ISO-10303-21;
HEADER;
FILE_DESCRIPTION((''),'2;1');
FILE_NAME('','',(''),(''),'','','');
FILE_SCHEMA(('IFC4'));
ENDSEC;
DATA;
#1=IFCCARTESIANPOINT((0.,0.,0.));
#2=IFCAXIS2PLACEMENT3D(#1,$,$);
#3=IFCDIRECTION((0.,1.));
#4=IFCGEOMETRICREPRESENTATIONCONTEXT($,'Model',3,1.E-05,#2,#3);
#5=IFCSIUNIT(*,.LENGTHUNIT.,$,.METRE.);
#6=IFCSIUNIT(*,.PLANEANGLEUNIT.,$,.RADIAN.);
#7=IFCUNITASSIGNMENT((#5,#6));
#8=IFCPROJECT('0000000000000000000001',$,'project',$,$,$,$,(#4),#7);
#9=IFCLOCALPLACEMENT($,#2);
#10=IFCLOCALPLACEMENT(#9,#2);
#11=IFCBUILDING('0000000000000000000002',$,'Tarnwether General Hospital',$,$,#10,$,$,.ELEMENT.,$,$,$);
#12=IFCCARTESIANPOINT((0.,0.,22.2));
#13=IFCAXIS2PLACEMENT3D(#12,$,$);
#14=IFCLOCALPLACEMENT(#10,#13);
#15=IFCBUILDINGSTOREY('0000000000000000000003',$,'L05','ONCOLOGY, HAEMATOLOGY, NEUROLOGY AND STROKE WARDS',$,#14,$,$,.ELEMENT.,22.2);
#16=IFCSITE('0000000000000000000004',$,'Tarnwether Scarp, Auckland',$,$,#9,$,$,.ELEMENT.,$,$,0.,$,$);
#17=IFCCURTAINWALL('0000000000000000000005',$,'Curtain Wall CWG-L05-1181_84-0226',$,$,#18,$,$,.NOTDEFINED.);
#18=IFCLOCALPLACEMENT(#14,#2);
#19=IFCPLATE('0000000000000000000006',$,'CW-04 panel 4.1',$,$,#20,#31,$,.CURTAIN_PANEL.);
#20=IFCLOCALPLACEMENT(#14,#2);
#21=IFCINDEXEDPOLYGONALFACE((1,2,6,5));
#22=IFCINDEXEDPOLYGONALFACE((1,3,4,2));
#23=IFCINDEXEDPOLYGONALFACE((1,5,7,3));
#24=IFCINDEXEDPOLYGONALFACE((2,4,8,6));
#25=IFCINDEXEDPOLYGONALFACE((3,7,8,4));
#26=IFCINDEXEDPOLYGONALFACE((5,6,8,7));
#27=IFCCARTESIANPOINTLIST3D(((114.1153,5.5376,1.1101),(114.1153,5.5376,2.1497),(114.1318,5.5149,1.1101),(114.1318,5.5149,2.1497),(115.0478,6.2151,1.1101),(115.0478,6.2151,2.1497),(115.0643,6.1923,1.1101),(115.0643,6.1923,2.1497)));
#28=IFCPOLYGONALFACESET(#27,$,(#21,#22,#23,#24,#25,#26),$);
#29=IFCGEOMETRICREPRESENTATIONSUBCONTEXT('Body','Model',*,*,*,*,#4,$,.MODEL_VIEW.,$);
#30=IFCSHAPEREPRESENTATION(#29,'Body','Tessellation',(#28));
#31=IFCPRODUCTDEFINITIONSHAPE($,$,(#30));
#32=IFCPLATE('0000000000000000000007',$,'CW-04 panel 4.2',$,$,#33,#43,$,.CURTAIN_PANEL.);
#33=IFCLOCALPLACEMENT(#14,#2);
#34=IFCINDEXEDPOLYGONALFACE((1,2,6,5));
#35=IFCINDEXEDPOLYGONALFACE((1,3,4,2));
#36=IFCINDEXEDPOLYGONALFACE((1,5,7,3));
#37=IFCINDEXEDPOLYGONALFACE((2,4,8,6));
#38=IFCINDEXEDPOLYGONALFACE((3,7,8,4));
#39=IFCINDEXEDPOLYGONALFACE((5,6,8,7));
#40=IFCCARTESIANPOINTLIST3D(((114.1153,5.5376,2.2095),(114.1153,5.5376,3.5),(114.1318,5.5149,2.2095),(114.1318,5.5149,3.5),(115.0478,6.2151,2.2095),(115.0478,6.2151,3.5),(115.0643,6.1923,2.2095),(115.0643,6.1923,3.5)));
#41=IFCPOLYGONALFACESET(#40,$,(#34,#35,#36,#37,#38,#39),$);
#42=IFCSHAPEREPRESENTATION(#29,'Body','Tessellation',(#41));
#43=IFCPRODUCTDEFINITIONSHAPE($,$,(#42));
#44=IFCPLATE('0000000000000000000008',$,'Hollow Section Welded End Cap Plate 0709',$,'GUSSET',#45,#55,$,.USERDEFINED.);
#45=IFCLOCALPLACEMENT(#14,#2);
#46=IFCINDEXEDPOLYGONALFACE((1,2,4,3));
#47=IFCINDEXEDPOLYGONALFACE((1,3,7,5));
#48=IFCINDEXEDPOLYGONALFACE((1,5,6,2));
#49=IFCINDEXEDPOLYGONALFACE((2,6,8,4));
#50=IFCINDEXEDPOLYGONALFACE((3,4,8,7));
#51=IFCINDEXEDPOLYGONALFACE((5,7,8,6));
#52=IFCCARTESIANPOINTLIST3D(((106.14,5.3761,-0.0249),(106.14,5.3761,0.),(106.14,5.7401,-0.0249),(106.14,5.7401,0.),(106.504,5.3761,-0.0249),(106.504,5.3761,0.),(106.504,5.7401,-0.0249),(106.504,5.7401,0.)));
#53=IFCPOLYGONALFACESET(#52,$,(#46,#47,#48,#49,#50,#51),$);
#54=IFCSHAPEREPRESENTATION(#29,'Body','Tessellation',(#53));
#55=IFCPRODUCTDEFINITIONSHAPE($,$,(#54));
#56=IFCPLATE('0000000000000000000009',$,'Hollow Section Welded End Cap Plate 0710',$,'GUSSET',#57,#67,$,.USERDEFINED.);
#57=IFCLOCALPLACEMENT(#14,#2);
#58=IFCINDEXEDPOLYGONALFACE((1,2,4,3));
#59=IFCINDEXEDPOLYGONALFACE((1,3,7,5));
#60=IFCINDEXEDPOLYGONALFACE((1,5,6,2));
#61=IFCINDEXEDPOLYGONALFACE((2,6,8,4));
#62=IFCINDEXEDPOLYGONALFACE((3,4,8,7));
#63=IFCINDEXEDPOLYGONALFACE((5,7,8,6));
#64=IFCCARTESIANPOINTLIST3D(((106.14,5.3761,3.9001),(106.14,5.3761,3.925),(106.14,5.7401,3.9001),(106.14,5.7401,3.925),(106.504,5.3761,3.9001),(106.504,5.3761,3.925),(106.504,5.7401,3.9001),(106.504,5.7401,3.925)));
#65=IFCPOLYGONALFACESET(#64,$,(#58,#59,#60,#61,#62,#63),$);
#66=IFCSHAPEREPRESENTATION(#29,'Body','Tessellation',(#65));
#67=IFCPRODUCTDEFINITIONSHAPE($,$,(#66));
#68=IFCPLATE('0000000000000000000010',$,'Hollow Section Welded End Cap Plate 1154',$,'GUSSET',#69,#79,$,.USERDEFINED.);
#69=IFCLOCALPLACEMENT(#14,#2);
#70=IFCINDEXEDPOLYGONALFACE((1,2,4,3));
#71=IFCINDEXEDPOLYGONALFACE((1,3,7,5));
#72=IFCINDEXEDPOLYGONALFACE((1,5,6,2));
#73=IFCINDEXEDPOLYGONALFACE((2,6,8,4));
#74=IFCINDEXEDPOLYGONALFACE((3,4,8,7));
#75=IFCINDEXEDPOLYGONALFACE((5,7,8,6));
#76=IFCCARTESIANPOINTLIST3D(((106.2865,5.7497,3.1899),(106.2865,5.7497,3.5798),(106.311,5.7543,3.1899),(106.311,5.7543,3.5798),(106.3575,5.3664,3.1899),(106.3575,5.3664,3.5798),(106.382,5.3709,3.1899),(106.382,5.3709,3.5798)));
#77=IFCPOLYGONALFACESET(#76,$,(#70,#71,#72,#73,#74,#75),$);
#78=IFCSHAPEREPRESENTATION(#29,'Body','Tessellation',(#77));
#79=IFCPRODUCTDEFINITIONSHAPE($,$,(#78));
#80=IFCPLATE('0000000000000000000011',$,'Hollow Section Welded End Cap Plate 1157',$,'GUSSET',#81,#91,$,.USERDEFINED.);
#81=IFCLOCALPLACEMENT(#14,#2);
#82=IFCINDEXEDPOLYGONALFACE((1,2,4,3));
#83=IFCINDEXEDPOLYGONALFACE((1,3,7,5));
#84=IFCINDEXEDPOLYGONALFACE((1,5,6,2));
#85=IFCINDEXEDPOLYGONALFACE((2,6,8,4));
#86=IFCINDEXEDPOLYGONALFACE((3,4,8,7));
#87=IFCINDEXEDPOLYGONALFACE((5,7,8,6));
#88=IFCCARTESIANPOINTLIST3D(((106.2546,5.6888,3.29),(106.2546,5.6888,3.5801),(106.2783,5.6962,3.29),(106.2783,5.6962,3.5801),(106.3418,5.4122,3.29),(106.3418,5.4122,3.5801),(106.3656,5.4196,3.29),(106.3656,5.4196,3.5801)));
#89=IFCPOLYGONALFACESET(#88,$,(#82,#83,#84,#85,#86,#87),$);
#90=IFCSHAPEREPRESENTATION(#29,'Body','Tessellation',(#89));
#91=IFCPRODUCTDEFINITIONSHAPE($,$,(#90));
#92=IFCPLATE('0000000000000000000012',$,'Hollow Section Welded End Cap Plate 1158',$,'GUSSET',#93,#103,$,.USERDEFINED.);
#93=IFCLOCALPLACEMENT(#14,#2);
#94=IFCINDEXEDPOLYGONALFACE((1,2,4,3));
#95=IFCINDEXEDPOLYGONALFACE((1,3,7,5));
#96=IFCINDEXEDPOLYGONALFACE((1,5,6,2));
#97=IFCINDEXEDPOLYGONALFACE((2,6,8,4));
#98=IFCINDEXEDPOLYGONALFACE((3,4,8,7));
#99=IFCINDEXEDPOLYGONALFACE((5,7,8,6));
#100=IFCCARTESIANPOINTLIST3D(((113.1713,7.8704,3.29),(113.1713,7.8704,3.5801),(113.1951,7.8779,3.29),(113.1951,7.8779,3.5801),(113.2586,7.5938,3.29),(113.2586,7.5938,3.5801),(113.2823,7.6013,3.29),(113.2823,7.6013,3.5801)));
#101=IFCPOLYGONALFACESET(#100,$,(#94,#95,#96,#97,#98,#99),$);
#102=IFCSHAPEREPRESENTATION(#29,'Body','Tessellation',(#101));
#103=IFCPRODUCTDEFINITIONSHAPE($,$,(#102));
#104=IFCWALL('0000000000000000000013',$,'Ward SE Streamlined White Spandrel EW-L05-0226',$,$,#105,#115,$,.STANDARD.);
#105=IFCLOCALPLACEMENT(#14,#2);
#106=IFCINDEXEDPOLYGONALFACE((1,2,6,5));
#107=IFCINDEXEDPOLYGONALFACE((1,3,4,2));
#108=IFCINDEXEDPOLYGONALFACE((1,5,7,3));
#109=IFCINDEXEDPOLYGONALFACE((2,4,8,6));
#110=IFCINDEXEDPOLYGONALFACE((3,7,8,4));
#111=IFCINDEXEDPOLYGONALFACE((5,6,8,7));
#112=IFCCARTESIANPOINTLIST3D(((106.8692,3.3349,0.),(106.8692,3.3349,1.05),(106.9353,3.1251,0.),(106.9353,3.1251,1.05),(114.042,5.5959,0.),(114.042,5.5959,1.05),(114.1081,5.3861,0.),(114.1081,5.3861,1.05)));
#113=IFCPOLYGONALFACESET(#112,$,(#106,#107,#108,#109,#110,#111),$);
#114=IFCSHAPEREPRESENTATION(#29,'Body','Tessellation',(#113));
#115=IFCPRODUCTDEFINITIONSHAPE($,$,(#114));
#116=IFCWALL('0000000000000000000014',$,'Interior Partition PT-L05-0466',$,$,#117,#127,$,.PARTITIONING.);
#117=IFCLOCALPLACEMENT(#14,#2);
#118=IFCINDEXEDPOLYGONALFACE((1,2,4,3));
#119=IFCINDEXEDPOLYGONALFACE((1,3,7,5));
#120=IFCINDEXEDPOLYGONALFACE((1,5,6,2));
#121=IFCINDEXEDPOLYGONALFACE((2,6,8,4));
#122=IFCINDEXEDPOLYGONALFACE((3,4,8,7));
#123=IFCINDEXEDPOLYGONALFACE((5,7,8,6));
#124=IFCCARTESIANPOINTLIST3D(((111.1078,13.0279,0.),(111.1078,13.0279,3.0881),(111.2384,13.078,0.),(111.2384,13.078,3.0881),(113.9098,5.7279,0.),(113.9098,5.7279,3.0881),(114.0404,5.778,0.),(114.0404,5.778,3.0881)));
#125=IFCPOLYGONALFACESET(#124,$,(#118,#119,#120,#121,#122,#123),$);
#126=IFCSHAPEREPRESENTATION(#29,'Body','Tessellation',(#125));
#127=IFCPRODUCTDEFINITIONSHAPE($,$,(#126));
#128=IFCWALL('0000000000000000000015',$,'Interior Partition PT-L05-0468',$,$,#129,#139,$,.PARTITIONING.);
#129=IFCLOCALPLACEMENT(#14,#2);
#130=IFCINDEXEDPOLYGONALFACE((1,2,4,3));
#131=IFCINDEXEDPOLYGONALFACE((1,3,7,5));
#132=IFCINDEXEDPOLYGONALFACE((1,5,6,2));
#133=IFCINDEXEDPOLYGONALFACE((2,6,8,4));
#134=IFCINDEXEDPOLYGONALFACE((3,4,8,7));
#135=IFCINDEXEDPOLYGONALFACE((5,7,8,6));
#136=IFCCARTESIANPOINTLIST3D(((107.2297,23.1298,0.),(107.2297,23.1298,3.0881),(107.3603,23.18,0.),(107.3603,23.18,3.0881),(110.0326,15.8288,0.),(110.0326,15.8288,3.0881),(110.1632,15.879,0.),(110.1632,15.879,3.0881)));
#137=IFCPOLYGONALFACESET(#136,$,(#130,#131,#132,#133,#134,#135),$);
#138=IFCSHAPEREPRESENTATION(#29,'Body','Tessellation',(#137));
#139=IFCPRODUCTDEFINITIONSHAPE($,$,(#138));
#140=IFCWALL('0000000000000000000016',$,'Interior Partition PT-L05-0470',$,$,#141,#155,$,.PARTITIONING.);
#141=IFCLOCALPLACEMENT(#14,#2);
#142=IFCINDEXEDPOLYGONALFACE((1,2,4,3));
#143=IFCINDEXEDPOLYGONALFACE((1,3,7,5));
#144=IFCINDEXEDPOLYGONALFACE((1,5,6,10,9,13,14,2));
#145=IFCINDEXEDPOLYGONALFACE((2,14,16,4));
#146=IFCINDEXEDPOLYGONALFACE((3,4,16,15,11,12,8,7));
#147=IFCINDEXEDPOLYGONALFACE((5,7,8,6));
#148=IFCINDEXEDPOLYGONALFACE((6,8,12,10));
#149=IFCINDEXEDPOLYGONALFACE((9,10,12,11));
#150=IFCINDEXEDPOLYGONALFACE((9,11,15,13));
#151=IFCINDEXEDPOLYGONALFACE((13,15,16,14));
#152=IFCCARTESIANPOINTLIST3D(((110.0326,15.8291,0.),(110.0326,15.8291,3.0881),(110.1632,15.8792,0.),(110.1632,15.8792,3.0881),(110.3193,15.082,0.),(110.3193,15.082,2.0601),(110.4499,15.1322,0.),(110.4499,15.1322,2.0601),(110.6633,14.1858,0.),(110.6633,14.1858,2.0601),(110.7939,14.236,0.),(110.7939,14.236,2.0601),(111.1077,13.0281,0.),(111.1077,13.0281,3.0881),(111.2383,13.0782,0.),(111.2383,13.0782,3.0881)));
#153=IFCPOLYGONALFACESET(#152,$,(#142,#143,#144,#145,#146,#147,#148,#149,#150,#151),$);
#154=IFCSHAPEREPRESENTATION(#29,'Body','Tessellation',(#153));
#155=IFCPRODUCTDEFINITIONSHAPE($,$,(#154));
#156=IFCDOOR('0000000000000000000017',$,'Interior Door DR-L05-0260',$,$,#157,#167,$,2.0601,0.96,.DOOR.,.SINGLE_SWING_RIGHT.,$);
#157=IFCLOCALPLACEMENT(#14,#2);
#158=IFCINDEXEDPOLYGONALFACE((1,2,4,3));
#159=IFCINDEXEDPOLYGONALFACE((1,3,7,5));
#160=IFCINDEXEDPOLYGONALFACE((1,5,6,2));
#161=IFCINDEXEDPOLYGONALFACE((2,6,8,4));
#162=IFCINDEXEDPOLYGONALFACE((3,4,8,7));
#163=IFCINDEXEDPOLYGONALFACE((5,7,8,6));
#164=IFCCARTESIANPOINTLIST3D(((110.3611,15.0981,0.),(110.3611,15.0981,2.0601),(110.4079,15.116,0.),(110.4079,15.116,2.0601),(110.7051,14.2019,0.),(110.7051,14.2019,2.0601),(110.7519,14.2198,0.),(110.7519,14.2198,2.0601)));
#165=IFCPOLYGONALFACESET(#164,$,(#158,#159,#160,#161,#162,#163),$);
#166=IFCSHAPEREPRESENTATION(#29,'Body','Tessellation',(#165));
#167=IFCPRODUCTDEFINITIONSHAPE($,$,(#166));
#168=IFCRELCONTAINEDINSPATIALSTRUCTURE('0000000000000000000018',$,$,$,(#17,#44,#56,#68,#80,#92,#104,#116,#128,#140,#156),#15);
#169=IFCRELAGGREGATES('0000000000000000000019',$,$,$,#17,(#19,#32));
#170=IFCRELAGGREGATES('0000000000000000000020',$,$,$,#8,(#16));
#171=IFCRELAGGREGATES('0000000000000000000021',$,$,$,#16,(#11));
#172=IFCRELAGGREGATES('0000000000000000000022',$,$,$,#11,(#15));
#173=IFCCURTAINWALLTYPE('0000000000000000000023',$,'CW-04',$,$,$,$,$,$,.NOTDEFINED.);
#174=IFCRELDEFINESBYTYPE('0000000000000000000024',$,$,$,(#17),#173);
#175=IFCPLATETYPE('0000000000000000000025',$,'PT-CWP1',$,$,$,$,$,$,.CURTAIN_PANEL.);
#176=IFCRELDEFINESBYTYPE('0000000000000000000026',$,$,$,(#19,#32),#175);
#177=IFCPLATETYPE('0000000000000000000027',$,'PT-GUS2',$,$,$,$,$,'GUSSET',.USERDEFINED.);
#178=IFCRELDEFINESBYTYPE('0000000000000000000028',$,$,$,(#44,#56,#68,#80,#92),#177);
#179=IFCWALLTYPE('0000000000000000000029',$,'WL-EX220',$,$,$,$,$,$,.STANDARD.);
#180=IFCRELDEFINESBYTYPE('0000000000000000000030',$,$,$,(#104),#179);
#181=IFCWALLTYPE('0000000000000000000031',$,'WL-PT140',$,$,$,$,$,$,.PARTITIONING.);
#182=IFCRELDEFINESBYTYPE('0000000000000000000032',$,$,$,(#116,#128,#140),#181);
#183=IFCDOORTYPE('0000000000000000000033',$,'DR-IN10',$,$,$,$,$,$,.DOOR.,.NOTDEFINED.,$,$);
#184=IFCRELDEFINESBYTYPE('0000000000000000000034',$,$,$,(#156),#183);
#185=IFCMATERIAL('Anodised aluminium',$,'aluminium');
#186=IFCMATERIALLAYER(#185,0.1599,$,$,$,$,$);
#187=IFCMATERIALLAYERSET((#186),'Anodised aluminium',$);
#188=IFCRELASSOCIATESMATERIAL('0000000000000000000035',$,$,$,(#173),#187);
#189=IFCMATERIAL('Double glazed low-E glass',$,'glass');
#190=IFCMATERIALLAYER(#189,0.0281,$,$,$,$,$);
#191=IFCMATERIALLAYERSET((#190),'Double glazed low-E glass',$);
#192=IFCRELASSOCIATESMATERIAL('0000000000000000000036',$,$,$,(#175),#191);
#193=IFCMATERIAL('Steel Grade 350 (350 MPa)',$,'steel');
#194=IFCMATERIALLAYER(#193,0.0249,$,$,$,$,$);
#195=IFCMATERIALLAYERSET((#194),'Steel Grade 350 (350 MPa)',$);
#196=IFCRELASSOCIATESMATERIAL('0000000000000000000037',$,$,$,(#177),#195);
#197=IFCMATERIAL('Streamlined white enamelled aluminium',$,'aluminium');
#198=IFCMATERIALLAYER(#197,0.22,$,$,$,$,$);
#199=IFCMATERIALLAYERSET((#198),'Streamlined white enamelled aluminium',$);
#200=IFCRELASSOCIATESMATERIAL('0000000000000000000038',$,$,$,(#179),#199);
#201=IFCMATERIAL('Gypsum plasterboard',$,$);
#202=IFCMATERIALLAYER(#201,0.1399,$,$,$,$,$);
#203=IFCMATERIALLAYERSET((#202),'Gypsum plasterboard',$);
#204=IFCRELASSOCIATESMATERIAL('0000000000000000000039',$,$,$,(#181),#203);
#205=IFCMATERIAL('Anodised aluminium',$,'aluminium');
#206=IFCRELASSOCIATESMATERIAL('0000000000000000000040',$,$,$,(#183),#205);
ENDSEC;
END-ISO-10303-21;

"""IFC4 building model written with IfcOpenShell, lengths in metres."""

from ifc_helpers import new_model, si_unit, direction, frame, frame_2d, origin, origin_2d, place, context, subcontext, project, spatial, rectangle, extrude, material, layer, layer_set, type_object, element, fill, aggregate, save


model = new_model("IFC4")

# Units and contexts
model_context = context("Model", 3, precision=1e-05, world=origin(), true_north=direction((0.0, 1.0)))
body_context = subcontext(model_context, "Body", "Model", "MODEL_VIEW")
ifc_project = project(units=[si_unit("LENGTHUNIT", "METRE"), si_unit("PLANEANGLEUNIT", "RADIAN")], contexts=[model_context])

# Site, building, storey
site_placement = place(None, origin())
site = spatial("IfcSite", under=ifc_project, at=site_placement, Name="Tarnwether Scarp, Auckland", CompositionType="ELEMENT", RefElevation=0.0)
building_placement = place(site_placement, origin())
building = spatial("IfcBuilding", under=site, at=building_placement, Name="Tarnwether General Hospital", CompositionType="ELEMENT")
storey_placement = place(building_placement, frame((0.0, 0.0, 22.2)))
storey = spatial("IfcBuildingStorey", under=building, at=storey_placement, Name="L05", Description="ONCOLOGY, HAEMATOLOGY, NEUROLOGY AND STROKE WARDS", CompositionType="ELEMENT", Elevation=22.2)

# Curtain wall
ifc_material_1 = material(Name="Anodised aluminium", Category="aluminium")
ifc_layer_1 = layer(ifc_material_1, 0.1599)
ifc_layer_set_1 = layer_set([ifc_layer_1], Name="Anodised aluminium")
curtain_wall_type_1 = type_object("IfcCurtainWallType", Name="CW-04", PredefinedType="NOTDEFINED", material=ifc_layer_set_1)
curtain_wall_1_placement = place(storey_placement, origin())
curtain_wall_1 = element("IfcCurtainWall", 1, at=curtain_wall_1_placement, inside=storey, type_object=curtain_wall_type_1, Name="Curtain Wall CWG-L05-1181_84-0226", PredefinedType="NOTDEFINED")

# Plates
ifc_material_2 = material(Name="Double glazed low-E glass", Category="glass")
ifc_layer_2 = layer(ifc_material_2, 0.0281)
ifc_layer_set_2 = layer_set([ifc_layer_2], Name="Double glazed low-E glass")
plate_type_1 = type_object("IfcPlateType", Name="PT-CWP1", PredefinedType="CURTAIN_PANEL", material=ifc_layer_set_2)
plate_1_placement = place(storey_placement, frame((114.5898, 5.865, 1.1101), z_axis=(0.0, 0.0, 1.0), x_axis=(-0.809058, -0.587729, 0.0)))
plate_1 = element("IfcPlate", 2, at=plate_1_placement, type_object=plate_type_1, Name="CW-04 panel 4.1", PredefinedType="CURTAIN_PANEL", context=body_context, shape_type="SweptSolid", body=[
    extrude(rectangle(XDim=1.1526, YDim=0.0281, at=origin_2d()), origin(), (0.0, 0.0, 1.0), 1.0396),
])
plate_2_placement = place(storey_placement, frame((114.5898, 5.865, 2.2095), z_axis=(0.0, 0.0, 1.0), x_axis=(-0.809058, -0.587729, 0.0)))
plate_2 = element("IfcPlate", 3, at=plate_2_placement, type_object=plate_type_1, Name="CW-04 panel 4.2", PredefinedType="CURTAIN_PANEL", context=body_context, shape_type="SweptSolid", body=[
    extrude(rectangle(XDim=1.1526, YDim=0.0281, at=origin_2d()), origin(), (0.0, 0.0, 1.0), 1.2905),
])
aggregate(curtain_wall_1, [plate_1, plate_2])

# Plates
ifc_material_3 = material(Name="Steel Grade 350 (350 MPa)", Category="steel")
ifc_layer_3 = layer(ifc_material_3, 0.0249)
ifc_layer_set_3 = layer_set([ifc_layer_3], Name="Steel Grade 350 (350 MPa)")
plate_type_2 = type_object("IfcPlateType", Name="PT-GUS2", ElementType="GUSSET", PredefinedType="USERDEFINED", material=ifc_layer_set_3)
for number, where, z_axis, x_axis, name in (
    (4, (106.322, 5.5581, -0.0249), (0.0, 0.0, 1.0), (1.0, 0.0, 0.0), "Hollow Section Welded End Cap Plate 0709"),
    (5, (106.322, 5.5581, 3.9001), (0.0, 0.0, 1.0), (1.0, 0.0, 0.0), "Hollow Section Welded End Cap Plate 0710"),
):
    element("IfcPlate", number, at=place(storey_placement, frame(where, z_axis=z_axis, x_axis=x_axis)), inside=storey, type_object=plate_type_2, Name=name, ObjectType="GUSSET", PredefinedType="USERDEFINED", context=body_context, shape_type="SweptSolid", body=[
        extrude(rectangle(XDim=0.364, YDim=0.364, at=origin_2d()), origin(), (0.0, 0.0, 1.0), 0.0249),
    ])
plate_3_placement = place(storey_placement, frame((106.3342, 5.5603, 3.1899), z_axis=(0.0, 0.0, 1.0), x_axis=(0.983261, 0.182201, 0.0)))
element("IfcPlate", 6, at=plate_3_placement, inside=storey, type_object=plate_type_2, Name="Hollow Section Welded End Cap Plate 1154", ObjectType="GUSSET", PredefinedType="USERDEFINED", context=body_context, shape_type="SweptSolid", body=[
    extrude(rectangle(XDim=0.0249, YDim=0.3899, at=origin_2d()), origin(), (0.0, 0.0, 1.0), 0.3899),
])
for number, where, z_axis, x_axis, name in (
    (7, (106.3101, 5.5542, 3.29), (0.0, 0.0, 1.0), (0.953691, 0.300789, 0.0), "Hollow Section Welded End Cap Plate 1157"),
    (8, (113.2268, 7.7358, 3.29), (0.0, 0.0, 1.0), (0.953691, 0.300789, 0.0), "Hollow Section Welded End Cap Plate 1158"),
):
    element("IfcPlate", number, at=place(storey_placement, frame(where, z_axis=z_axis, x_axis=x_axis)), inside=storey, type_object=plate_type_2, Name=name, ObjectType="GUSSET", PredefinedType="USERDEFINED", context=body_context, shape_type="SweptSolid", body=[
        extrude(rectangle(XDim=0.0249, YDim=0.29, at=origin_2d()), origin(), (0.0, 0.0, 1.0), 0.29),
    ])

# Walls
ifc_material_4 = material(Name="Streamlined white enamelled aluminium", Category="aluminium")
ifc_layer_4 = layer(ifc_material_4, 0.22)
ifc_layer_set_4 = layer_set([ifc_layer_4], Name="Streamlined white enamelled aluminium")
wall_type_1 = type_object("IfcWallType", Name="WL-EX220", PredefinedType="STANDARD", material=ifc_layer_set_4)
wall_1_placement = place(storey_placement, frame((114.075, 5.491, 0.0), z_axis=(0.0, 0.0, 1.0), x_axis=(-0.95374, -0.300633, 0.0)))
element("IfcWall", 9, at=wall_1_placement, inside=storey, type_object=wall_type_1, Name="Ward SE Streamlined White Spandrel EW-L05-0226", PredefinedType="STANDARD", context=body_context, shape_type="SweptSolid", body=[
    extrude(rectangle(XDim=7.5208, YDim=0.22, at=frame_2d((3.7603, 0.0))), origin(), (0.0, 0.0, 1.0), 1.05),
])
ifc_material_5 = material(Name="Gypsum plasterboard")
ifc_layer_5 = layer(ifc_material_5, 0.1399)
ifc_layer_set_5 = layer_set([ifc_layer_5], Name="Gypsum plasterboard")
wall_type_2 = type_object("IfcWallType", Name="WL-PT140", PredefinedType="PARTITIONING", material=ifc_layer_set_5)
wall_2_placement = place(storey_placement, frame((111.1731, 13.053, 0.0), z_axis=(0.0, 0.0, 1.0), x_axis=(0.358343, -0.93359, 0.0)))
element("IfcWall", 10, at=wall_2_placement, inside=storey, type_object=wall_type_2, Name="Interior Partition PT-L05-0466", PredefinedType="PARTITIONING", context=body_context, shape_type="SweptSolid", body=[
    extrude(rectangle(XDim=7.8193, YDim=0.1399, at=frame_2d((3.9097, 0.0))), origin(), (0.0, 0.0, 1.0), 3.0881),
])
wall_3_placement = place(storey_placement, frame((110.0979, 15.854, 0.0), z_axis=(0.0, 0.0, 1.0), x_axis=(-0.35841, 0.933564, 0.0)))
element("IfcWall", 11, at=wall_3_placement, inside=storey, type_object=wall_type_2, Name="Interior Partition PT-L05-0468", PredefinedType="PARTITIONING", context=body_context, shape_type="SweptSolid", body=[
    extrude(rectangle(XDim=7.8206, YDim=0.1399, at=frame_2d((3.9102, 0.0))), origin(), (0.0, 0.0, 1.0), 3.0881),
])

# Wall, opening, door
wall_4_placement = place(storey_placement, frame((110.0979, 15.854, 0.0), z_axis=(0.0, 0.0, 1.0), x_axis=(0.358363, -0.933582, 0.0)))
wall_4 = element("IfcWall", 12, at=wall_4_placement, inside=storey, type_object=wall_type_2, Name="Interior Partition PT-L05-0470", PredefinedType="PARTITIONING", context=body_context, shape_type="SweptSolid", body=[
    extrude(rectangle(XDim=3.0002, YDim=0.1399, at=frame_2d((1.5, 0.0))), origin(), (0.0, 0.0, 1.0), 3.0881),
])
opening_placement = place(wall_4_placement, frame((0.8, 0.0, 0.0)))
opening = element("IfcOpeningElement", 13, at=opening_placement, cuts=wall_4, PredefinedType="OPENING", context=body_context, shape_type="SweptSolid", body=[
    extrude(rectangle(XDim=0.96, YDim=2.0601, at=frame_2d((0.48, 1.03))), frame((0.0, 0.0801, 0.0), z_axis=(0.0, -1.0, 0.0), x_axis=(1.0, 0.0, 0.0)), (0.0, 0.0, 1.0), 0.1599),
])
ifc_material_6 = material(Name="Anodised aluminium", Category="aluminium")
door_type = type_object("IfcDoorType", Name="DR-IN10", OperationType="NOTDEFINED", PredefinedType="DOOR", material=ifc_material_6)
door_placement = place(opening_placement, origin())
door = element("IfcDoor", 14, at=door_placement, inside=storey, type_object=door_type, Name="Interior Door DR-L05-0260", OperationType="SINGLE_SWING_RIGHT", OverallHeight=2.0601, OverallWidth=0.96, PredefinedType="DOOR", context=body_context, shape_type="SweptSolid", body=[
    extrude(rectangle(XDim=0.96, YDim=2.0601, at=frame_2d((0.48, 1.03))), frame((0.0, 0.0249, 0.0), z_axis=(0.0, -1.0, 0.0), x_axis=(1.0, 0.0, 0.0)), (0.0, 0.0, 1.0), 0.05),
])
fill(opening, door)

save(model, "model.ifc")
